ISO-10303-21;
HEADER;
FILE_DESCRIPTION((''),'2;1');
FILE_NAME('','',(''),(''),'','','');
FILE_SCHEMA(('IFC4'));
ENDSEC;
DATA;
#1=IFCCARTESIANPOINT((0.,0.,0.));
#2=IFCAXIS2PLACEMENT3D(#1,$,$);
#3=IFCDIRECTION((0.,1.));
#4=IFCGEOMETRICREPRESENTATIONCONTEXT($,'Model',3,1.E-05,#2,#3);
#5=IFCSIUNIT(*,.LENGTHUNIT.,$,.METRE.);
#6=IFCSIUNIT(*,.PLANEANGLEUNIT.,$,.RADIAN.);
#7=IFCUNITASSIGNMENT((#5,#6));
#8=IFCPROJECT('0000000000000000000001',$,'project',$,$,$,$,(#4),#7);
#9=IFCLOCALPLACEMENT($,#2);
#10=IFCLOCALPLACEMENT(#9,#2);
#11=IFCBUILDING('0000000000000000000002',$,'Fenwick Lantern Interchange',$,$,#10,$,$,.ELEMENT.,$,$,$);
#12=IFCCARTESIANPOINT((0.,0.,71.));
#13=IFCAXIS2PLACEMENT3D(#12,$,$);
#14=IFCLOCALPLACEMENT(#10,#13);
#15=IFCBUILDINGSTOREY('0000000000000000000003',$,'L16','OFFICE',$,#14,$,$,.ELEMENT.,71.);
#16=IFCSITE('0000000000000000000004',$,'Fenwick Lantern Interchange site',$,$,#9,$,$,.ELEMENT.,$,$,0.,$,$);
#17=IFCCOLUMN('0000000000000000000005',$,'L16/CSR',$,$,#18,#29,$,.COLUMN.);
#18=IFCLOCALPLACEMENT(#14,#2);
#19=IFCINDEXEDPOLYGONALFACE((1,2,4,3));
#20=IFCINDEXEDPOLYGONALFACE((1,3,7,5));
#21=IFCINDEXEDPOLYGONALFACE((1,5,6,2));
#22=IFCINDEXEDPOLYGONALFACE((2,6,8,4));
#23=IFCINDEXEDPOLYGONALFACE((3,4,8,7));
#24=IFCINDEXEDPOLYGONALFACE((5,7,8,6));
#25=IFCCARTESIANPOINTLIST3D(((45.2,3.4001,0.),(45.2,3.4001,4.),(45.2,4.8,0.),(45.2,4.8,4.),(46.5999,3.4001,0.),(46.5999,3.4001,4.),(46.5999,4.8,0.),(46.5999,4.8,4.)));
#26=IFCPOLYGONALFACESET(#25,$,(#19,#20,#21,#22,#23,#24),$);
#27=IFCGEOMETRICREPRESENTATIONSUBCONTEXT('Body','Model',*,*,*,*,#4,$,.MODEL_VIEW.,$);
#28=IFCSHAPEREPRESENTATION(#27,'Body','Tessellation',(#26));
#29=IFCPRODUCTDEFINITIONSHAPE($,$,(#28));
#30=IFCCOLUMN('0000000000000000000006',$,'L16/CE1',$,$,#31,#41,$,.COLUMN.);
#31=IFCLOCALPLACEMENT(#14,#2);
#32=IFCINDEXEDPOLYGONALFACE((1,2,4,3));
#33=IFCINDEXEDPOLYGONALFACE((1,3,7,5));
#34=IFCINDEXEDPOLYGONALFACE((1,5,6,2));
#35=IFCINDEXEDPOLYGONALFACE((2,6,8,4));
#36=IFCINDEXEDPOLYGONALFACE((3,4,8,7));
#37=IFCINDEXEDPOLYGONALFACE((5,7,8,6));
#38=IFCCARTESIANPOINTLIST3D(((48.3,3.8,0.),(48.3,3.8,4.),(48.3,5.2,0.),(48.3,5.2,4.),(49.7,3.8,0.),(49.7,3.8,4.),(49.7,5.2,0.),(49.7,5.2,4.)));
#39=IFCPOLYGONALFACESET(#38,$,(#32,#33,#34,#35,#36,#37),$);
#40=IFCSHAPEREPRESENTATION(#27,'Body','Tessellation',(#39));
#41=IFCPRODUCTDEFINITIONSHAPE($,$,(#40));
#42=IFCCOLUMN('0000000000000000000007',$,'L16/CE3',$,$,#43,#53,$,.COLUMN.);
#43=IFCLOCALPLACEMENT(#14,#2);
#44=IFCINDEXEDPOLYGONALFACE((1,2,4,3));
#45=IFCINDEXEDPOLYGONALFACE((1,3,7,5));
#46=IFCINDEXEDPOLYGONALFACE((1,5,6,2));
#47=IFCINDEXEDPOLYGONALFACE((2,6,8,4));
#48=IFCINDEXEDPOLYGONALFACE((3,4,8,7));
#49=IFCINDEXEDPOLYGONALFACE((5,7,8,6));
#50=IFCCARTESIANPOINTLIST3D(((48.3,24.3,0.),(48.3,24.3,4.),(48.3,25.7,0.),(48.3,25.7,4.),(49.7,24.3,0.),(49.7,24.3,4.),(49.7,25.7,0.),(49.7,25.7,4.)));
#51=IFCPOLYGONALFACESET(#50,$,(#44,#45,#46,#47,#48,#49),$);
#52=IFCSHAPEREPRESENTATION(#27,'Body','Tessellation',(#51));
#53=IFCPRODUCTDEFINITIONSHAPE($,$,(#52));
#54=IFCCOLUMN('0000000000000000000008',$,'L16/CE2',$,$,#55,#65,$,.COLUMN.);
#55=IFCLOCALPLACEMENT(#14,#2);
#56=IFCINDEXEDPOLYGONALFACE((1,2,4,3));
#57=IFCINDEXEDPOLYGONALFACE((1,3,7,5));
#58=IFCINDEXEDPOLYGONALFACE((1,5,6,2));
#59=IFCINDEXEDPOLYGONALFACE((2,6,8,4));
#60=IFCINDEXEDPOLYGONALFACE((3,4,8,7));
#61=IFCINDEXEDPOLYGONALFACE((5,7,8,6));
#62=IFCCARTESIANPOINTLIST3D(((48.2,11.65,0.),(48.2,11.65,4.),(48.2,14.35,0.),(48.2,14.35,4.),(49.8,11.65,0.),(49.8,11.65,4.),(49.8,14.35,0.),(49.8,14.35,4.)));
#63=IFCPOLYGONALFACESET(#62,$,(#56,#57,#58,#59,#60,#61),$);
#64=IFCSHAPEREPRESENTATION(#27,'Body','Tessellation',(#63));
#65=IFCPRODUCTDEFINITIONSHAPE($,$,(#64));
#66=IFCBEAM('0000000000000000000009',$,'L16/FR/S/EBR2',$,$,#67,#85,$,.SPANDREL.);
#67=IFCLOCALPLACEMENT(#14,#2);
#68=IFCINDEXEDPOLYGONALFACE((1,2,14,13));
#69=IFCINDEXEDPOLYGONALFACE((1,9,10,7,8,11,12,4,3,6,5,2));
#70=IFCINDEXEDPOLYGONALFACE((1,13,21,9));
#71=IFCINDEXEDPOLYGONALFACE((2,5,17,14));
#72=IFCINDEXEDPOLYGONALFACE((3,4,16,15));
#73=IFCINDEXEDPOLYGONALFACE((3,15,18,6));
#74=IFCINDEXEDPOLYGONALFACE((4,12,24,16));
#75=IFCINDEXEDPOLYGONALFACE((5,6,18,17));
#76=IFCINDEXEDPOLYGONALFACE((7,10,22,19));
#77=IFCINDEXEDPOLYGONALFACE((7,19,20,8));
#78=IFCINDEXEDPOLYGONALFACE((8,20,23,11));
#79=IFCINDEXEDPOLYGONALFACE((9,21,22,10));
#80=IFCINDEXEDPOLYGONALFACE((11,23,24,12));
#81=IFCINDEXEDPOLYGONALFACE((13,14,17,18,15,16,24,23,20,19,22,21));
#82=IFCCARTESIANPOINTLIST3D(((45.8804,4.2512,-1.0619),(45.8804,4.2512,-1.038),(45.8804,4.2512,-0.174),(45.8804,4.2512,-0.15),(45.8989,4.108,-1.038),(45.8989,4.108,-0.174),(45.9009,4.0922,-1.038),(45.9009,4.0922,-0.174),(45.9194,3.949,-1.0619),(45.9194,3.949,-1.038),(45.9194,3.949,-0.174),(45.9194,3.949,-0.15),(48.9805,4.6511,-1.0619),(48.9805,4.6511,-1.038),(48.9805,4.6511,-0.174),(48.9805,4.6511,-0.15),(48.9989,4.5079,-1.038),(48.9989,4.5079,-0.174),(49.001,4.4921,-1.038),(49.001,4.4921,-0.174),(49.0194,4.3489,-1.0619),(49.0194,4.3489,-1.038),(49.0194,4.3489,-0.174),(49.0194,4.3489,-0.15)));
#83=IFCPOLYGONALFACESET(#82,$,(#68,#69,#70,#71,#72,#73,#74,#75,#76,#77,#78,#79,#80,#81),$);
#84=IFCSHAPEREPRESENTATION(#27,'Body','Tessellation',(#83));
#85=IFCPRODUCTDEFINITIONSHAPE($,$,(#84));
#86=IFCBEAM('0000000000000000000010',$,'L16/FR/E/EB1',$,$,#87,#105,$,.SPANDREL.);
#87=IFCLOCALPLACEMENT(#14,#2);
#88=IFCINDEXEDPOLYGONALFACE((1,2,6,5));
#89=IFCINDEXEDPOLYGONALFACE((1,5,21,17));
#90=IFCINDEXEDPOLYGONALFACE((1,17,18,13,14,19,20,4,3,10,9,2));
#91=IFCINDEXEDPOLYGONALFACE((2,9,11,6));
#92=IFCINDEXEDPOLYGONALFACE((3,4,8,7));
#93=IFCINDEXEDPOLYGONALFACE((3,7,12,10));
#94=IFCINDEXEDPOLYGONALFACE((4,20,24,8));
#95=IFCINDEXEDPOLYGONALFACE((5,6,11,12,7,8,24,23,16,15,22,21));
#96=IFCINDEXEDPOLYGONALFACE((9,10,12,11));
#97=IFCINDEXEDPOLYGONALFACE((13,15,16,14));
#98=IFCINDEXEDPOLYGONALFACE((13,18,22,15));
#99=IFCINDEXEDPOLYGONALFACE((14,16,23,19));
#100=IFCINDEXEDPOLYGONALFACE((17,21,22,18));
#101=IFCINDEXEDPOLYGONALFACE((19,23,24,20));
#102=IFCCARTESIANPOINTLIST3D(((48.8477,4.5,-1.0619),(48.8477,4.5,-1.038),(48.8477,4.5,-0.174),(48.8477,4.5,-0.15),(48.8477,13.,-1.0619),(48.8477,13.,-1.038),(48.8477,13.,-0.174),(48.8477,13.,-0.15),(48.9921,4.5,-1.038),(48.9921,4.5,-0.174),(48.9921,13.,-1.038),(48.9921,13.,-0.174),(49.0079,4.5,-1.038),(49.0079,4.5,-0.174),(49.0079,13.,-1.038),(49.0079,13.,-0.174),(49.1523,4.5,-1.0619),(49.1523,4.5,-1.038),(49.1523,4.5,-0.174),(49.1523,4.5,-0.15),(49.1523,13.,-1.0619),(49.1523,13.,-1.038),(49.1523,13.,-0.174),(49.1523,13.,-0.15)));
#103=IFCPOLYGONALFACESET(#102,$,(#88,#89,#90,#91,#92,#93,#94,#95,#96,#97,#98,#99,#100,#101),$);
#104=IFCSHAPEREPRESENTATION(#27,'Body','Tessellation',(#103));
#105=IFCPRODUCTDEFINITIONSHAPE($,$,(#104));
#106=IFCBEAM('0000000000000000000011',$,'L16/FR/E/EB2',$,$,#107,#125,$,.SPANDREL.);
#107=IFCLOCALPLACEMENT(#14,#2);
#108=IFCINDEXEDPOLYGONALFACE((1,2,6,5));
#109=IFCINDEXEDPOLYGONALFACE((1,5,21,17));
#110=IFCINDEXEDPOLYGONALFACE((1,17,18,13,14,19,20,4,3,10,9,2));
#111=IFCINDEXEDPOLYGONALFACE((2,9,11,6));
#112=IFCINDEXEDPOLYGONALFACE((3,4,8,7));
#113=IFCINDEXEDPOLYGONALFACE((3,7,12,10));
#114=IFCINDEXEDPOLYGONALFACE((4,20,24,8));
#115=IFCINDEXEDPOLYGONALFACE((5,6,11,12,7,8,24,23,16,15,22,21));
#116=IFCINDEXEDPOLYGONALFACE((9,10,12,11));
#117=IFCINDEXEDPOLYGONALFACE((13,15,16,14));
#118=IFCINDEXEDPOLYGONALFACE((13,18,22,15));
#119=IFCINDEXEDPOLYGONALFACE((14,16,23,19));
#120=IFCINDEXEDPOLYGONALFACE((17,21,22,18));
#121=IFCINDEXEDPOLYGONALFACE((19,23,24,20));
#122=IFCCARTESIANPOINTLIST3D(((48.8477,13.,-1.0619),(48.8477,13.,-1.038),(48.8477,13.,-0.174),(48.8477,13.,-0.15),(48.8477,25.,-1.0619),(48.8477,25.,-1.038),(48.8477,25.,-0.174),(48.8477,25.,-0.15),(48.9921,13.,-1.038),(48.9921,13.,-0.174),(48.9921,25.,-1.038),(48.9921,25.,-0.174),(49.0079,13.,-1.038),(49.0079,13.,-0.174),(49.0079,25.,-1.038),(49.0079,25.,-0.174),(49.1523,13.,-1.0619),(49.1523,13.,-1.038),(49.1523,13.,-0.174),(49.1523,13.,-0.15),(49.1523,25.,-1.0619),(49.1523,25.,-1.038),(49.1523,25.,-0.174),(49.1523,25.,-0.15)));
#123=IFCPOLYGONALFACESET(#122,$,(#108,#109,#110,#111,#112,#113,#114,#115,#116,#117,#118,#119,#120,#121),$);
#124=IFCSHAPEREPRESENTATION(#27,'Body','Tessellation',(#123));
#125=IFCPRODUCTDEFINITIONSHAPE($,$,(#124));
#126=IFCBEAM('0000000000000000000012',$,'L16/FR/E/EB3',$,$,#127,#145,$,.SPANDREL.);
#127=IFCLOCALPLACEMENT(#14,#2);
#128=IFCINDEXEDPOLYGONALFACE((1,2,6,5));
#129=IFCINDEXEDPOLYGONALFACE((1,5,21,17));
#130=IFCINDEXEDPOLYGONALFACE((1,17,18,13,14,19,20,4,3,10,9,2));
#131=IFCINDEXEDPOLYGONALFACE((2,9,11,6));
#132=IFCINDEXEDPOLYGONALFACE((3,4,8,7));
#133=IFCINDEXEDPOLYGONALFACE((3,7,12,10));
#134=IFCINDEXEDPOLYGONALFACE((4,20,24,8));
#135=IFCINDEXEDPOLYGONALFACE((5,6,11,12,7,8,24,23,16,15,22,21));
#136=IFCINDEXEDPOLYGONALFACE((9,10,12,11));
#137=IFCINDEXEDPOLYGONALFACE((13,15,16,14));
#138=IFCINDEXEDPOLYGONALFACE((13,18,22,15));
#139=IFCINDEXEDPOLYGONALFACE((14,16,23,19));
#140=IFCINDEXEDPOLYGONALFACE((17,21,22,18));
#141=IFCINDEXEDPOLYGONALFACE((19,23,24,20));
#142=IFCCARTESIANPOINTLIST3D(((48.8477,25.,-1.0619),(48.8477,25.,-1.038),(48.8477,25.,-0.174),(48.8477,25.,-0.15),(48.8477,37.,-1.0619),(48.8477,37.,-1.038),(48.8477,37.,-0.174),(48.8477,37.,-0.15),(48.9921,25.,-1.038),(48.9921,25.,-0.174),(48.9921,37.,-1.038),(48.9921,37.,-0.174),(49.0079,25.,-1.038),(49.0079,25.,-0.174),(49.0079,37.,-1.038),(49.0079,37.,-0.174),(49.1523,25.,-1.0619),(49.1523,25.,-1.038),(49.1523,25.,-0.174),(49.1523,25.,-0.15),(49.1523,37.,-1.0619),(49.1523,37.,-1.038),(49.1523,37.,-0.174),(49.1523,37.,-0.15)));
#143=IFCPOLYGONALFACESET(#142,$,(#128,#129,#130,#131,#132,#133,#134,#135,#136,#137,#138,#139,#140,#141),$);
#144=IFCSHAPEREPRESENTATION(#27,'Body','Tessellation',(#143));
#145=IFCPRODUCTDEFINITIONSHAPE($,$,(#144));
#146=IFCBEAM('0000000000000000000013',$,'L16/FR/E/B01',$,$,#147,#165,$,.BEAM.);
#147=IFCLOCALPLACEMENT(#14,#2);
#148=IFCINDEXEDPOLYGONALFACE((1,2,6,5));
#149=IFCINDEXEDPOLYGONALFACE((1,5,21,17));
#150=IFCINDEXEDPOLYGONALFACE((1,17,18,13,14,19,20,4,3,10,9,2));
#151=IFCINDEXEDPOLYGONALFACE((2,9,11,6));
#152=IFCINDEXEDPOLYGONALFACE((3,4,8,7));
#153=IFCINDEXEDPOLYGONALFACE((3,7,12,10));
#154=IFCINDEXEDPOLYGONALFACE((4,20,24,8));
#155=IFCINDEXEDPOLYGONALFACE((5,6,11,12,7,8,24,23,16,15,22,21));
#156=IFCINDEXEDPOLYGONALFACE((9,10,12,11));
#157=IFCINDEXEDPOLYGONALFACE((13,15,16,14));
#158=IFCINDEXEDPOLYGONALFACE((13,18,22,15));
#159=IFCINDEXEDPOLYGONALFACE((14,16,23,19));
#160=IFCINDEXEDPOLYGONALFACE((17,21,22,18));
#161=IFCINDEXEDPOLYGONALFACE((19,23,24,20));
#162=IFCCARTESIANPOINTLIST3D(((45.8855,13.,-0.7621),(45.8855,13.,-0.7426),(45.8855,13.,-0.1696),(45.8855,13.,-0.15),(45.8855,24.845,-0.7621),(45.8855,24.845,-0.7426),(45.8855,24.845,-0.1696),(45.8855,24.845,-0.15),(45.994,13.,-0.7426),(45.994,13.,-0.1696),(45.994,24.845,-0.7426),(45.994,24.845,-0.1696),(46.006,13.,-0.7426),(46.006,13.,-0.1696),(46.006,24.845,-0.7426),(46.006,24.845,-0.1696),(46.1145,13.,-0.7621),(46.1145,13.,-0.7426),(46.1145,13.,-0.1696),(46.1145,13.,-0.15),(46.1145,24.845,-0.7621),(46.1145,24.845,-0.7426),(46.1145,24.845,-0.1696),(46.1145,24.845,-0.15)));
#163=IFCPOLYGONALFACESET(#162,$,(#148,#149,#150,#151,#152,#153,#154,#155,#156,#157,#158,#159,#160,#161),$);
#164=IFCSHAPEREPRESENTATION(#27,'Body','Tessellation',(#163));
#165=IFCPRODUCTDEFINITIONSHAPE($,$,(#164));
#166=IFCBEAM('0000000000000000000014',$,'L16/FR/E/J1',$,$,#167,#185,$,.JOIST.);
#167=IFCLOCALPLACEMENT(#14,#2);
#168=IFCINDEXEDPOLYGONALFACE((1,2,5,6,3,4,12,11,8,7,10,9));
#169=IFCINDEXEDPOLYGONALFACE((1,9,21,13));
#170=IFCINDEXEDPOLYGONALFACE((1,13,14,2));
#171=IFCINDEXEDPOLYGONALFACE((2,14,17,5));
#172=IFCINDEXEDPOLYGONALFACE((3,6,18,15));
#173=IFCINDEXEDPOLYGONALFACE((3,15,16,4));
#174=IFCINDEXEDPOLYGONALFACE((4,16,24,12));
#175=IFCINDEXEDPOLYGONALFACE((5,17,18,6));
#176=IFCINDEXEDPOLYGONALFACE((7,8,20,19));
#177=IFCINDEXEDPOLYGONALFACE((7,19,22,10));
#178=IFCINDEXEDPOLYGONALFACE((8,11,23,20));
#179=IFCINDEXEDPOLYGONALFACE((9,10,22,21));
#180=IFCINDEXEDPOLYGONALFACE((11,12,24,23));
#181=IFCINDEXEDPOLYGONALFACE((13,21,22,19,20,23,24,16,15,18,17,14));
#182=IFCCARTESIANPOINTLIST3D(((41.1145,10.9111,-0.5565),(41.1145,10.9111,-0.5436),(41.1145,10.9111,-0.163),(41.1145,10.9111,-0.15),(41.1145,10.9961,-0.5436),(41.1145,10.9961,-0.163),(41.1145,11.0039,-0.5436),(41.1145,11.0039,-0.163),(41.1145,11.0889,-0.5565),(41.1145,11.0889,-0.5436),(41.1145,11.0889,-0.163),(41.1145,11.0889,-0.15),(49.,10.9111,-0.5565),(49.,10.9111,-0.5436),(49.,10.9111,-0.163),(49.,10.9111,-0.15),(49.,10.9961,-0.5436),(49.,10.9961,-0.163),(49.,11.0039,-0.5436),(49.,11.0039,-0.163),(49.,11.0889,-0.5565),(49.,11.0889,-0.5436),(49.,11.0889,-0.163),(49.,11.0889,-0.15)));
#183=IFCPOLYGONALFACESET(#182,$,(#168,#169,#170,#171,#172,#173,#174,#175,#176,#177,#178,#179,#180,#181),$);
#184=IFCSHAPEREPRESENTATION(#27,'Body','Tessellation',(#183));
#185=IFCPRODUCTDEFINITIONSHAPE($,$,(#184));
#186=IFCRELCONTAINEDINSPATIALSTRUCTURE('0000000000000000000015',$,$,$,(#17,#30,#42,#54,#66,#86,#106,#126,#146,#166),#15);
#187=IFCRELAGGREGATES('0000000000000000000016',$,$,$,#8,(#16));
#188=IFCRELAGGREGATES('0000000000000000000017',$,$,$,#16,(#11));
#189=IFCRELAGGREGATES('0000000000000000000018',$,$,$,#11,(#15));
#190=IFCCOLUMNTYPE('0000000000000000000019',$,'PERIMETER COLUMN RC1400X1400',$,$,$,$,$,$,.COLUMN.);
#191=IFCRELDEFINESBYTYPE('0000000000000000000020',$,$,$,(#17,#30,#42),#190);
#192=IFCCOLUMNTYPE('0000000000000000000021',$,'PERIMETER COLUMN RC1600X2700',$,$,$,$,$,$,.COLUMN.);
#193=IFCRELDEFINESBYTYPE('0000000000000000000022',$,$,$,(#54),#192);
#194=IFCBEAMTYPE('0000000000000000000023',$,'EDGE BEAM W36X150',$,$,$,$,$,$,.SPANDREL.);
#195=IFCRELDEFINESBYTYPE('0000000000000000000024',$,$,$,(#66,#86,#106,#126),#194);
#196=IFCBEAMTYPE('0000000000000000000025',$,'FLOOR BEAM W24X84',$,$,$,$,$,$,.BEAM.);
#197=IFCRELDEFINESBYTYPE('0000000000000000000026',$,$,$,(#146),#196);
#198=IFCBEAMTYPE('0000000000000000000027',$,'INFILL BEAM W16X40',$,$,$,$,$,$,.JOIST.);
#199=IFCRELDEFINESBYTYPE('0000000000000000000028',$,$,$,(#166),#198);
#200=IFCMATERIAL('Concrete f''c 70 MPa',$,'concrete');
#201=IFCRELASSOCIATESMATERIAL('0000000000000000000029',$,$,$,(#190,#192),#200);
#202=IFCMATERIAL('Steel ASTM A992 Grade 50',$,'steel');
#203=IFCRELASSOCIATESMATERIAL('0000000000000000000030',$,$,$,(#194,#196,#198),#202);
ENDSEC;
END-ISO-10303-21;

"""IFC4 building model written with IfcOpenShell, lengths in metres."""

from ifc_helpers import new_model, si_unit, direction, frame, origin, origin_2d, place, context, subcontext, project, spatial, rectangle, i_section, extrude, material, material_profile, profile_set, type_object, element, save


model = new_model("IFC4")

# Units and contexts
model_context = context("Model", 3, precision=1e-05, world=origin(), true_north=direction((0.0, 1.0)))
body_context = subcontext(model_context, "Body", "Model", "MODEL_VIEW")
ifc_project = project(units=[si_unit("LENGTHUNIT", "METRE"), si_unit("PLANEANGLEUNIT", "RADIAN")], contexts=[model_context])

# Site, building, storey
site_placement = place(None, origin())
site = spatial("IfcSite", under=ifc_project, at=site_placement, Name="Fenwick Lantern Interchange site", CompositionType="ELEMENT", RefElevation=0.0)
building_placement = place(site_placement, origin())
building = spatial("IfcBuilding", under=site, at=building_placement, Name="Fenwick Lantern Interchange", CompositionType="ELEMENT")
storey_placement = place(building_placement, frame((0.0, 0.0, 71.0)))
storey = spatial("IfcBuildingStorey", under=building, at=storey_placement, Name="L16", Description="OFFICE", CompositionType="ELEMENT", Elevation=71.0)

# Columns
ifc_material_1 = material(Name="Concrete f'c 70 MPa", Category="concrete")
ifc_material_profile_1 = material_profile(ifc_material_1, rectangle(XDim=1.3999, YDim=1.3999, at=origin_2d()), Name="RC1400X1400")
ifc_profile_set_1 = profile_set([ifc_material_profile_1], Name="Concrete f'c 70 MPa")
column_type_1 = type_object("IfcColumnType", Name="PERIMETER COLUMN RC1400X1400", PredefinedType="COLUMN", material=ifc_profile_set_1)
for number, where, z_axis, x_axis, name in (
    (1, (45.8999, 4.1001, 0.0), (0.0, 0.0, 1.0), (1.0, 0.0, 0.0), "L16/CSR"),
    (2, (49.0, 4.5, 0.0), (0.0, 0.0, 1.0), (1.0, 0.0, 0.0), "L16/CE1"),
    (3, (49.0, 25.0, 0.0), (0.0, 0.0, 1.0), (1.0, 0.0, 0.0), "L16/CE3"),
):
    element("IfcColumn", number, at=place(storey_placement, frame(where, z_axis=z_axis, x_axis=x_axis)), inside=storey, type_object=column_type_1, Name=name, PredefinedType="COLUMN", context=body_context, shape_type="SweptSolid", body=[
        extrude(rectangle(XDim=1.3999, YDim=1.3999, at=origin_2d()), origin(), (0.0, 0.0, 1.0), 4.0),
    ])
ifc_material_profile_2 = material_profile(ifc_material_1, rectangle(XDim=1.6001, YDim=2.7, at=origin_2d()), Name="RC1600X2700")
ifc_profile_set_2 = profile_set([ifc_material_profile_2], Name="Concrete f'c 70 MPa")
column_type_2 = type_object("IfcColumnType", Name="PERIMETER COLUMN RC1600X2700", PredefinedType="COLUMN", material=ifc_profile_set_2)
column_placement = place(storey_placement, frame((49.0, 13.0, 0.0), z_axis=(0.0, 0.0, 1.0), x_axis=(1.0, 0.0, 0.0)))
element("IfcColumn", 4, at=column_placement, inside=storey, type_object=column_type_2, Name="L16/CE2", PredefinedType="COLUMN", context=body_context, shape_type="SweptSolid", body=[
    extrude(rectangle(XDim=1.6001, YDim=2.7, at=origin_2d()), origin(), (0.0, 0.0, 1.0), 4.0),
])

# Beams
ifc_material_2 = material(Name="Steel ASTM A992 Grade 50", Category="steel")
ifc_material_profile_3 = material_profile(ifc_material_2, i_section(OverallWidth=0.3047, OverallDepth=0.9119, WebThickness=0.0159, FlangeThickness=0.0239, at=origin_2d()), Name="W36X150")
ifc_profile_set_3 = profile_set([ifc_material_profile_3], Name="Steel ASTM A992 Grade 50")
beam_type_1 = type_object("IfcBeamType", Name="EDGE BEAM W36X150", PredefinedType="SPANDREL", material=ifc_profile_set_3)
beam_1_placement = place(storey_placement, frame((45.8999, 4.1001, -0.606), z_axis=(0.991782, 0.127937, 0.0), x_axis=(-0.127937, 0.991782, 0.0)))
element("IfcBeam", 5, at=beam_1_placement, inside=storey, type_object=beam_type_1, Name="L16/FR/S/EBR2", PredefinedType="SPANDREL", context=body_context, shape_type="SweptSolid", body=[
    extrude(i_section(OverallWidth=0.3047, OverallDepth=0.9119, WebThickness=0.0159, FlangeThickness=0.0239, at=origin_2d()), origin(), (0.0, 0.0, 1.0), 3.1257),
])
beam_2_placement = place(storey_placement, frame((49.0, 4.5, -0.606), z_axis=(0.0, 1.0, 0.0), x_axis=(-1.0, 0.0, 0.0)))
element("IfcBeam", 6, at=beam_2_placement, inside=storey, type_object=beam_type_1, Name="L16/FR/E/EB1", PredefinedType="SPANDREL", context=body_context, shape_type="SweptSolid", body=[
    extrude(i_section(OverallWidth=0.3047, OverallDepth=0.9119, WebThickness=0.0159, FlangeThickness=0.0239, at=origin_2d()), origin(), (0.0, 0.0, 1.0), 8.5),
])
for number, where, z_axis, x_axis, name in (
    (7, (49.0, 13.0, -0.606), (0.0, 1.0, 0.0), (-1.0, 0.0, 0.0), "L16/FR/E/EB2"),
    (8, (49.0, 25.0, -0.606), (0.0, 1.0, 0.0), (-1.0, 0.0, 0.0), "L16/FR/E/EB3"),
):
    element("IfcBeam", number, at=place(storey_placement, frame(where, z_axis=z_axis, x_axis=x_axis)), inside=storey, type_object=beam_type_1, Name=name, PredefinedType="SPANDREL", context=body_context, shape_type="SweptSolid", body=[
        extrude(i_section(OverallWidth=0.3047, OverallDepth=0.9119, WebThickness=0.0159, FlangeThickness=0.0239, at=origin_2d()), origin(), (0.0, 0.0, 1.0), 12.0),
    ])
ifc_material_profile_4 = material_profile(ifc_material_2, i_section(OverallWidth=0.229, OverallDepth=0.6121, WebThickness=0.012, FlangeThickness=0.0195, at=origin_2d()), Name="W24X84")
ifc_profile_set_4 = profile_set([ifc_material_profile_4], Name="Steel ASTM A992 Grade 50")
beam_type_2 = type_object("IfcBeamType", Name="FLOOR BEAM W24X84", PredefinedType="BEAM", material=ifc_profile_set_4)
beam_3_placement = place(storey_placement, frame((46.0, 13.0, -0.4561), z_axis=(0.0, 1.0, 0.0), x_axis=(-1.0, 0.0, 0.0)))
element("IfcBeam", 9, at=beam_3_placement, inside=storey, type_object=beam_type_2, Name="L16/FR/E/B01", PredefinedType="BEAM", context=body_context, shape_type="SweptSolid", body=[
    extrude(i_section(OverallWidth=0.229, OverallDepth=0.6121, WebThickness=0.012, FlangeThickness=0.0195, at=origin_2d()), origin(), (0.0, 0.0, 1.0), 11.845),
])
ifc_material_profile_5 = material_profile(ifc_material_2, i_section(OverallWidth=0.1777, OverallDepth=0.4065, WebThickness=0.0078, FlangeThickness=0.0129, at=origin_2d()), Name="W16X40")
ifc_profile_set_5 = profile_set([ifc_material_profile_5], Name="Steel ASTM A992 Grade 50")
beam_type_3 = type_object("IfcBeamType", Name="INFILL BEAM W16X40", PredefinedType="JOIST", material=ifc_profile_set_5)
beam_4_placement = place(storey_placement, frame((49.0, 11.0, -0.3533), z_axis=(-1.0, 0.0, 0.0), x_axis=(0.0, -1.0, 0.0)))
element("IfcBeam", 10, at=beam_4_placement, inside=storey, type_object=beam_type_3, Name="L16/FR/E/J1", PredefinedType="JOIST", context=body_context, shape_type="SweptSolid", body=[
    extrude(i_section(OverallWidth=0.1777, OverallDepth=0.4065, WebThickness=0.0078, FlangeThickness=0.0129, at=origin_2d()), origin(), (0.0, 0.0, 1.0), 7.8855),
])

save(model, "model.ifc")
